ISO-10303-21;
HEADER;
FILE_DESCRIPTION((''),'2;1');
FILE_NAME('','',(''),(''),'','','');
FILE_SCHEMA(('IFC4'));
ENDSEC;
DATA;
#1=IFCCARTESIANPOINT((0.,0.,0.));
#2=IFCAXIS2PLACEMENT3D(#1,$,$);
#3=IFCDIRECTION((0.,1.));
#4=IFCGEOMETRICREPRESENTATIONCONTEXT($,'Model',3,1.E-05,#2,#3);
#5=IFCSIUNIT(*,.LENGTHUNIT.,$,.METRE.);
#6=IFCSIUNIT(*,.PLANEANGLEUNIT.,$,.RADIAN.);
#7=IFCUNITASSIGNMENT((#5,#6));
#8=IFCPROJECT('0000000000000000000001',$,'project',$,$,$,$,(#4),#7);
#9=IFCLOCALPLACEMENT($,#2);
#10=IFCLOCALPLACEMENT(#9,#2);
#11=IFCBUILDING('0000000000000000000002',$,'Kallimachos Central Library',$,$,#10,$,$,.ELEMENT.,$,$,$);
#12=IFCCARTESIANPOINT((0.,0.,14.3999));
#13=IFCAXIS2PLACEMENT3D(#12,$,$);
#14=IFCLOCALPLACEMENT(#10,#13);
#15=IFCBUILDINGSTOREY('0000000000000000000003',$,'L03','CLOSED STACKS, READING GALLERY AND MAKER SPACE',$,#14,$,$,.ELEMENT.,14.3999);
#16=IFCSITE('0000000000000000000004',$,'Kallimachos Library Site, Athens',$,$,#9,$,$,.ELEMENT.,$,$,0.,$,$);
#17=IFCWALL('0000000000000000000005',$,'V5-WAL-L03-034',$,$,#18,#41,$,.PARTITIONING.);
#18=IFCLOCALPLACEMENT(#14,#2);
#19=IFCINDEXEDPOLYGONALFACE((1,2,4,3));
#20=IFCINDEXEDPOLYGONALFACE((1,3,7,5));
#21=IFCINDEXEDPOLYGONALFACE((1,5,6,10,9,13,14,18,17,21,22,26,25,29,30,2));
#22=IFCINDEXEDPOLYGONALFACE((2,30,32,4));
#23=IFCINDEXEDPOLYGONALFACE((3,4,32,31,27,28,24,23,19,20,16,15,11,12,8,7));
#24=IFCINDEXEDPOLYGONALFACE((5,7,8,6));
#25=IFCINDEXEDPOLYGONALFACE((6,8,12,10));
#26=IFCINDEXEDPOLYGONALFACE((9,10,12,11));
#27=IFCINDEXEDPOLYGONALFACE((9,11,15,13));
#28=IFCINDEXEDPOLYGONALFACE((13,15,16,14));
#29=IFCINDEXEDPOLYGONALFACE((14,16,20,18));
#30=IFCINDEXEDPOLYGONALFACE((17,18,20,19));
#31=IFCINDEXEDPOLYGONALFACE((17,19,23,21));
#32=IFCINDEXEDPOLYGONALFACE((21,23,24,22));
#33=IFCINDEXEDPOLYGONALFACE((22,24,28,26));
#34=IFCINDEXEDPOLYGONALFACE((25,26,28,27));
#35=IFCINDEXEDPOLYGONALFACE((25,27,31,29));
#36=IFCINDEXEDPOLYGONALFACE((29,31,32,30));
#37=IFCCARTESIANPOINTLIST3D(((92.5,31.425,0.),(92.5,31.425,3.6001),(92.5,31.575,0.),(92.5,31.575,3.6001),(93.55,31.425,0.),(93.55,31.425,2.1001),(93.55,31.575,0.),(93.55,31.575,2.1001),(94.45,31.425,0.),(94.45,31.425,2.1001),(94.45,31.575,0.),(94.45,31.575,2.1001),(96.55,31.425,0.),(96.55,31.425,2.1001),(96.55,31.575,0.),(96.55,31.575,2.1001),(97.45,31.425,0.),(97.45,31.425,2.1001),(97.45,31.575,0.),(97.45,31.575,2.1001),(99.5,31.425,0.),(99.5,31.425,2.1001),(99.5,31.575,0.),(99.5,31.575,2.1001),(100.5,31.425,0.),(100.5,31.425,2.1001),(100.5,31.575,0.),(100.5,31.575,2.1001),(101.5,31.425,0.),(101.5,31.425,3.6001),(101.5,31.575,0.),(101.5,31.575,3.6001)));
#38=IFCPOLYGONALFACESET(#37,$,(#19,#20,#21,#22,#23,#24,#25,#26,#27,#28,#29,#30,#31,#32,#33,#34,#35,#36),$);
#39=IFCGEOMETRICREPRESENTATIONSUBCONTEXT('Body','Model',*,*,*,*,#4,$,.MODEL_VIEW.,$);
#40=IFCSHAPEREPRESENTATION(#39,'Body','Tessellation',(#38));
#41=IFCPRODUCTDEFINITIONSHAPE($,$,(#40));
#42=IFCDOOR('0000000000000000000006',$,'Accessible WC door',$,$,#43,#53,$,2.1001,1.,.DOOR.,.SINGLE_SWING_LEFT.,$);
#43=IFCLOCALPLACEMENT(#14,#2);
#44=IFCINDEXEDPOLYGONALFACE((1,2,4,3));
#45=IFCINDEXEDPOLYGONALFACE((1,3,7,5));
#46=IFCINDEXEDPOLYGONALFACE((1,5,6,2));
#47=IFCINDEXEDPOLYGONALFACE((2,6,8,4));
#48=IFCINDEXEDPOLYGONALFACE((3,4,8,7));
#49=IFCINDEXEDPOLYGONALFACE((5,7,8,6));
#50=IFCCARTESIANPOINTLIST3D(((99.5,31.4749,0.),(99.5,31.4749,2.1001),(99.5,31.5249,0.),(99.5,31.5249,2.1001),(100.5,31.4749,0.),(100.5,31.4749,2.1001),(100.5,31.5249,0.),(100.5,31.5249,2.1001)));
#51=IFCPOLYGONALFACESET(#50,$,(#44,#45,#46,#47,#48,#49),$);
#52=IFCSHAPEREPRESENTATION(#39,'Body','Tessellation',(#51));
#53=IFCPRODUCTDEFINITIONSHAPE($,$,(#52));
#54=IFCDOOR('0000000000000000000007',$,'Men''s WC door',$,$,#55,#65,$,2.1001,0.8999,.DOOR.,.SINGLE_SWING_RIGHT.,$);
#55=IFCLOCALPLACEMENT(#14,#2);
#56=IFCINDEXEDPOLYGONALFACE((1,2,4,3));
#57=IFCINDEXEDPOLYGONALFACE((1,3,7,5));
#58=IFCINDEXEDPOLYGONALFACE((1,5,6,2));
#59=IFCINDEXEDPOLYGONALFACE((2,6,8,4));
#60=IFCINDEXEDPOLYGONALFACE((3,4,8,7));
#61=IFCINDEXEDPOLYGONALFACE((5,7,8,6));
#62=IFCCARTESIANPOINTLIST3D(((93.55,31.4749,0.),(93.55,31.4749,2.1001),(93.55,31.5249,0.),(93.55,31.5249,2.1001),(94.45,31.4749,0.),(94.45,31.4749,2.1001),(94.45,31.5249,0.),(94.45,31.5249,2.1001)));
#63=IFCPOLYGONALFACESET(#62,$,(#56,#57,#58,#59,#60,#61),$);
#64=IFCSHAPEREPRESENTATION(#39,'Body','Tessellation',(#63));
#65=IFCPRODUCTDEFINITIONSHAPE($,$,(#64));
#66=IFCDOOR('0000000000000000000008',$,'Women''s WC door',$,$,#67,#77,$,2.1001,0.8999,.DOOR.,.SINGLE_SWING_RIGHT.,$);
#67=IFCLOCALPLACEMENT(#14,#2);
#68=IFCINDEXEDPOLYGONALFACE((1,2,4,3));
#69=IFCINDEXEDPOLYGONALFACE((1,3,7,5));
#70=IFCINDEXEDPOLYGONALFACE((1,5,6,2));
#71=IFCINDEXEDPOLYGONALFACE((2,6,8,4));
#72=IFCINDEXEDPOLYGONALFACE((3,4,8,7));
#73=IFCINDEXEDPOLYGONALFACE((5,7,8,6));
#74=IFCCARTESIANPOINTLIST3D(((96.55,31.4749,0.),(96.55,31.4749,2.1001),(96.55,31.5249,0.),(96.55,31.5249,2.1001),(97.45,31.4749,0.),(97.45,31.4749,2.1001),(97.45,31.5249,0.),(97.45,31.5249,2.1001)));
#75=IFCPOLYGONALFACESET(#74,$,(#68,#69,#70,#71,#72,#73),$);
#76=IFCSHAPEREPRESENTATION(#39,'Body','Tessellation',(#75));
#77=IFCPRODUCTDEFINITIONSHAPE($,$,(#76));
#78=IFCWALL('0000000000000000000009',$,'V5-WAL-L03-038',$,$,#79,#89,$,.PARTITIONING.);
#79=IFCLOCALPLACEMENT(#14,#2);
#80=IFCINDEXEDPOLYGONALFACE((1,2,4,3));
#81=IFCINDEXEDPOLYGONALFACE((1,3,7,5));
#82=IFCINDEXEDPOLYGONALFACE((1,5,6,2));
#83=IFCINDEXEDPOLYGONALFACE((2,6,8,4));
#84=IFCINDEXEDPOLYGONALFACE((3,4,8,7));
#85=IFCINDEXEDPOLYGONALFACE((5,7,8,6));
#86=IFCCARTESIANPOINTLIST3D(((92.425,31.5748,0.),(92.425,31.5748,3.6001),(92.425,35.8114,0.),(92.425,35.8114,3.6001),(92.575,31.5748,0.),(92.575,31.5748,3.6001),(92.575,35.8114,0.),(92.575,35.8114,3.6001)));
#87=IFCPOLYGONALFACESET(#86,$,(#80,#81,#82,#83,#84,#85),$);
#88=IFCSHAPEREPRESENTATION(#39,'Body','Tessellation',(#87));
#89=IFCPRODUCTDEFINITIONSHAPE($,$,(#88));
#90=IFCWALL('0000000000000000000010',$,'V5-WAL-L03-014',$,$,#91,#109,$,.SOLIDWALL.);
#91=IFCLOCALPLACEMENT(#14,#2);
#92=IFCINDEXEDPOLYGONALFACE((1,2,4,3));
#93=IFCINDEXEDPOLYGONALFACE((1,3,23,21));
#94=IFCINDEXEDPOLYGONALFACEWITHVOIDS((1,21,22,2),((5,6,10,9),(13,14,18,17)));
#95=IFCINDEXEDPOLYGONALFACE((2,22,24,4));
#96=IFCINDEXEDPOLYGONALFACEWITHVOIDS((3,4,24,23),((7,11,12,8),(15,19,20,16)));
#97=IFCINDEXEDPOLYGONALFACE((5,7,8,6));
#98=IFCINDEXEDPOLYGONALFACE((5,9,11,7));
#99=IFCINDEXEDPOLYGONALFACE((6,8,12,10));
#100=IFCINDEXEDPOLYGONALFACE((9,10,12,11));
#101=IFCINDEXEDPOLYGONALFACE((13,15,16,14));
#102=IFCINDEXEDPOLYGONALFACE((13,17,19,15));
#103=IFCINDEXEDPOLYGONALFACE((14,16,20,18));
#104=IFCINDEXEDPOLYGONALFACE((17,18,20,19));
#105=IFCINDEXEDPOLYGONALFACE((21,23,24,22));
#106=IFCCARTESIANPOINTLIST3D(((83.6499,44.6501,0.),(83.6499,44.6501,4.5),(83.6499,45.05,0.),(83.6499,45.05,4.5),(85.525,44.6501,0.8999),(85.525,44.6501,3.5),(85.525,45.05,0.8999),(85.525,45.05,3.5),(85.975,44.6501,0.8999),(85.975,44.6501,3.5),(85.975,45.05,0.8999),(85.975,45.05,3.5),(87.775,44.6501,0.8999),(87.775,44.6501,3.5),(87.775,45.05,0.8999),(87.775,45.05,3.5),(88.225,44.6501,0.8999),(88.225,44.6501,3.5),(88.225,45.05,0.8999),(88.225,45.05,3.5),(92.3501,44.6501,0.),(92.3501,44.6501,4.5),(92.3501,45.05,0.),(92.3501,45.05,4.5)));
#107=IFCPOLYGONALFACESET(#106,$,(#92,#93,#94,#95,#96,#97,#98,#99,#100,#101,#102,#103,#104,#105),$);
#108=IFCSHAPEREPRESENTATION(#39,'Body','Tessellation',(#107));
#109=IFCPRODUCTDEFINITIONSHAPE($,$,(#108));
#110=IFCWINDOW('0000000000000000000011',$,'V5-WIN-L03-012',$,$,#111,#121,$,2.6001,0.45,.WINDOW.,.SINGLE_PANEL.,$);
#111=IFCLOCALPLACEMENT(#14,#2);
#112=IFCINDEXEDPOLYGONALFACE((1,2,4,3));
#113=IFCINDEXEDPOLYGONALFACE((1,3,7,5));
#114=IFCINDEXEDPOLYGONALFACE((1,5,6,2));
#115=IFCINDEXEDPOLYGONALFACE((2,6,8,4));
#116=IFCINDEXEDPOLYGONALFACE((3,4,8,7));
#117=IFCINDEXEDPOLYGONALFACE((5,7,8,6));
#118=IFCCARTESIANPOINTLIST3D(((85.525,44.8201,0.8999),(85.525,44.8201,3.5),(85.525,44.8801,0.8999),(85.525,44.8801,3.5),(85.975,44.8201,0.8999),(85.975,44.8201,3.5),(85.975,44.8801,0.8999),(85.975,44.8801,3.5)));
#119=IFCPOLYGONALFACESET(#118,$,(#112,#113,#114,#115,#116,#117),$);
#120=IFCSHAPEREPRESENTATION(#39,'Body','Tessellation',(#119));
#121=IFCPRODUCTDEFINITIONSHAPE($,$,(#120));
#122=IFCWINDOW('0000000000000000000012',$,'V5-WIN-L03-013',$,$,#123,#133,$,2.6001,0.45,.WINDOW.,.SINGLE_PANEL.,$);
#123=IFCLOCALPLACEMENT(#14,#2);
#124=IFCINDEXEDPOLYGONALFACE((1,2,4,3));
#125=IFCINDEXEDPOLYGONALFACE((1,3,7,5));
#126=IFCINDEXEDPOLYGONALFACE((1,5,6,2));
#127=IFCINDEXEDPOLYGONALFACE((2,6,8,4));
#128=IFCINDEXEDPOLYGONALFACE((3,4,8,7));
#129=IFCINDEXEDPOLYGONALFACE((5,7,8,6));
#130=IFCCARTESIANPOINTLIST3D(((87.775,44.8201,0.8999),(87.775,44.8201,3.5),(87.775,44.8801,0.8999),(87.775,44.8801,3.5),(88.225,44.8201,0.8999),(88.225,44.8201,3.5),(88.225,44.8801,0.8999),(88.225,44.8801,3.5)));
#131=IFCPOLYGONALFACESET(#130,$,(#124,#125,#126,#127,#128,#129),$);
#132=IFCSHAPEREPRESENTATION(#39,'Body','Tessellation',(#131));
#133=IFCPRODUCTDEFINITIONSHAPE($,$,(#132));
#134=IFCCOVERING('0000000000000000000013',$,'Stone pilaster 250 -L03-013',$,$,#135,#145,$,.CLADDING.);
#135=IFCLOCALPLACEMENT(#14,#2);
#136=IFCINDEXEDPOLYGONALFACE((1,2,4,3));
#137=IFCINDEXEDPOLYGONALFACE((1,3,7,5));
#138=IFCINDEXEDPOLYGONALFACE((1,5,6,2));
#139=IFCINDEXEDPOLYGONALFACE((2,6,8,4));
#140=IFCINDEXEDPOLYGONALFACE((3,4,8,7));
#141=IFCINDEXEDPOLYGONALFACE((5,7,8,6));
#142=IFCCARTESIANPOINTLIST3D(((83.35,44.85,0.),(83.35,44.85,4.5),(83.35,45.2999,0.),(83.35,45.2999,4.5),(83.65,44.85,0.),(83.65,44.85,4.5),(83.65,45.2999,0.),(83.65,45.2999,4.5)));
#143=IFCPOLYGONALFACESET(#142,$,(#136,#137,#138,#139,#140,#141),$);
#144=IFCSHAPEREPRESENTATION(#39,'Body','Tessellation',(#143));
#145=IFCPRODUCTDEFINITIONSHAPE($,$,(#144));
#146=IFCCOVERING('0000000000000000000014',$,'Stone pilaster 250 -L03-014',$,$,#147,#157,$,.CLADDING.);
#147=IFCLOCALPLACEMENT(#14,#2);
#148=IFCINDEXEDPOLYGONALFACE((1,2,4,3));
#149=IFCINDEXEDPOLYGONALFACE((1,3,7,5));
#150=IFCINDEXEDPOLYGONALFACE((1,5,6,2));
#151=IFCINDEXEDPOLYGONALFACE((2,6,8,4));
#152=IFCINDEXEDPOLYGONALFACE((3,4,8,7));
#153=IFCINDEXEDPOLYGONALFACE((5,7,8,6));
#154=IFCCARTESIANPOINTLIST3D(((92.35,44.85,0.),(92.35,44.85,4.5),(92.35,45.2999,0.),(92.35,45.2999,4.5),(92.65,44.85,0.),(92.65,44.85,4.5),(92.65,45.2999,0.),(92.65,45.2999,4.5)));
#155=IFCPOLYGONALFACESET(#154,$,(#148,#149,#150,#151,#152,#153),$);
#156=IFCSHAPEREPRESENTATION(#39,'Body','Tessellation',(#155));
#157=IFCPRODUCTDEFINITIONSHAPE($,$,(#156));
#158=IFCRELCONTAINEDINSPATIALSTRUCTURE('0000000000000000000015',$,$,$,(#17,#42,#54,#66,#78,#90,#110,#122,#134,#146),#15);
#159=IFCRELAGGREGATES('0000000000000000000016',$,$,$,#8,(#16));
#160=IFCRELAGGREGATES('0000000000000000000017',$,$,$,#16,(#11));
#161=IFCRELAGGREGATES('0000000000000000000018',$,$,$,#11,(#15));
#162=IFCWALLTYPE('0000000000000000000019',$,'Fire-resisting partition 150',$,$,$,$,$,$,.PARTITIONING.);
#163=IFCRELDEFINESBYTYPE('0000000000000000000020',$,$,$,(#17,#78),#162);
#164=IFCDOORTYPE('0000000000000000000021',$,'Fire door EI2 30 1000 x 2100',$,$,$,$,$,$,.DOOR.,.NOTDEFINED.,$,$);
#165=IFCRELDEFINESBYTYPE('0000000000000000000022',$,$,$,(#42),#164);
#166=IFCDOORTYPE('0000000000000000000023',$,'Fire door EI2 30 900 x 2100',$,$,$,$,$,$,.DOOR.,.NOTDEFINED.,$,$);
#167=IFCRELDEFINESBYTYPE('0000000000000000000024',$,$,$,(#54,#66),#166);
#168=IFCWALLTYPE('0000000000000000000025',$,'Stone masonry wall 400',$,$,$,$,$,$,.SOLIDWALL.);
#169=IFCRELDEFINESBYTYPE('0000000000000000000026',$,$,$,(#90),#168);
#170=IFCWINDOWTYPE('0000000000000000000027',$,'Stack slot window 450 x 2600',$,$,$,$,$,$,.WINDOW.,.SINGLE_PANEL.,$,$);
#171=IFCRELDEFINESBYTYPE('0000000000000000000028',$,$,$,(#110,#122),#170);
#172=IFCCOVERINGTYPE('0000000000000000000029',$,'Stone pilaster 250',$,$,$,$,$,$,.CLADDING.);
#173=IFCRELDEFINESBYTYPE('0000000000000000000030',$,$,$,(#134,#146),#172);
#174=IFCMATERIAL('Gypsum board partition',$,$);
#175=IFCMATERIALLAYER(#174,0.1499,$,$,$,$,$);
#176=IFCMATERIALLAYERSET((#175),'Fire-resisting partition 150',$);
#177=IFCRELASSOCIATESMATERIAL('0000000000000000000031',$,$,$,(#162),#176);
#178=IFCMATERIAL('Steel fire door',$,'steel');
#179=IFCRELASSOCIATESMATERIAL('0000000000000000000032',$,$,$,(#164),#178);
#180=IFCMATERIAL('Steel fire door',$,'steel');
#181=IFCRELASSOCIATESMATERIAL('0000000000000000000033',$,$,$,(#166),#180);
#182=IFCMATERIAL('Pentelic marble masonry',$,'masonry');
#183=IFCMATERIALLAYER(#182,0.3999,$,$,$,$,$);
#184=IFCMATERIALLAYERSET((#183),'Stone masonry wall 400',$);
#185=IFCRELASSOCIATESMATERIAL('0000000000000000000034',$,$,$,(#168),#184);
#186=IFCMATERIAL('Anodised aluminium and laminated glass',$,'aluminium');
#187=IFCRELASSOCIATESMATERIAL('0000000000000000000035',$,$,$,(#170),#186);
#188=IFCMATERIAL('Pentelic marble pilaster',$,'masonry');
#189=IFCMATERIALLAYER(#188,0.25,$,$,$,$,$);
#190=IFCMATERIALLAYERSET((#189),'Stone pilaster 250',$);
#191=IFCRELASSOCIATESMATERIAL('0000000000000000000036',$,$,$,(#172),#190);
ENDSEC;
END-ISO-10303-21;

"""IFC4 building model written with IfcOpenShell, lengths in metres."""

from ifc_helpers import new_model, si_unit, direction, frame, frame_2d, origin, origin_2d, place, context, subcontext, project, spatial, rectangle, extrude, material, layer, layer_set, type_object, element, fill, save


model = new_model("IFC4")

# Units and contexts
model_context = context("Model", 3, precision=1e-05, world=origin(), true_north=direction((0.0, 1.0)))
body_context = subcontext(model_context, "Body", "Model", "MODEL_VIEW")
ifc_project = project(units=[si_unit("LENGTHUNIT", "METRE"), si_unit("PLANEANGLEUNIT", "RADIAN")], contexts=[model_context])

# Site, building, storey
site_placement = place(None, origin())
site = spatial("IfcSite", under=ifc_project, at=site_placement, Name="Kallimachos Library Site, Athens", CompositionType="ELEMENT", RefElevation=0.0)
building_placement = place(site_placement, origin())
building = spatial("IfcBuilding", under=site, at=building_placement, Name="Kallimachos Central Library", CompositionType="ELEMENT")
storey_placement = place(building_placement, frame((0.0, 0.0, 14.3999)))
storey = spatial("IfcBuildingStorey", under=building, at=storey_placement, Name="L03", Description="CLOSED STACKS, READING GALLERY AND MAKER SPACE", CompositionType="ELEMENT", Elevation=14.3999)

# Wall, openings, doors
ifc_material_1 = material(Name="Gypsum board partition")
ifc_layer_1 = layer(ifc_material_1, 0.1499)
ifc_layer_set_1 = layer_set([ifc_layer_1], Name="Fire-resisting partition 150")
wall_type_1 = type_object("IfcWallType", Name="Fire-resisting partition 150", PredefinedType="PARTITIONING", material=ifc_layer_set_1)
wall_1_placement = place(storey_placement, frame((92.5, 31.5, 0.0), z_axis=(0.0, 0.0, 1.0), x_axis=(1.0, 0.0, 0.0)))
wall_1 = element("IfcWall", 1, at=wall_1_placement, inside=storey, type_object=wall_type_1, Name="V5-WAL-L03-034", PredefinedType="PARTITIONING", context=body_context, shape_type="SweptSolid", body=[
    extrude(rectangle(XDim=9.0, YDim=0.1499, at=frame_2d((4.5, 0.0))), origin(), (0.0, 0.0, 1.0), 3.6001),
])
opening_1_placement = place(wall_1_placement, frame((1.05, 0.0, 0.0)))
opening_1 = element("IfcOpeningElement", 2, at=opening_1_placement, cuts=wall_1, PredefinedType="OPENING", context=body_context, shape_type="SweptSolid", body=[
    extrude(rectangle(XDim=0.8999, YDim=2.1001, at=frame_2d((0.45, 1.05))), frame((0.0, 0.085, 0.0), z_axis=(0.0, -1.0, 0.0), x_axis=(1.0, 0.0, 0.0)), (0.0, 0.0, 1.0), 0.1699),
])
opening_2_placement = place(wall_1_placement, frame((4.05, 0.0, 0.0)))
opening_2 = element("IfcOpeningElement", 3, at=opening_2_placement, cuts=wall_1, PredefinedType="OPENING", context=body_context, shape_type="SweptSolid", body=[
    extrude(rectangle(XDim=0.8999, YDim=2.1001, at=frame_2d((0.45, 1.05))), frame((0.0, 0.085, 0.0), z_axis=(0.0, -1.0, 0.0), x_axis=(1.0, 0.0, 0.0)), (0.0, 0.0, 1.0), 0.1699),
])
opening_3_placement = place(wall_1_placement, frame((7.0, 0.0, 0.0)))
opening_3 = element("IfcOpeningElement", 4, at=opening_3_placement, cuts=wall_1, PredefinedType="OPENING", context=body_context, shape_type="SweptSolid", body=[
    extrude(rectangle(XDim=1.0, YDim=2.1001, at=frame_2d((0.5, 1.05))), frame((0.0, 0.085, 0.0), z_axis=(0.0, -1.0, 0.0), x_axis=(1.0, 0.0, 0.0)), (0.0, 0.0, 1.0), 0.1699),
])
ifc_material_2 = material(Name="Steel fire door", Category="steel")
door_type_1 = type_object("IfcDoorType", Name="Fire door EI2 30 1000 x 2100", OperationType="NOTDEFINED", PredefinedType="DOOR", material=ifc_material_2)
door_1_placement = place(opening_3_placement, origin())
door_1 = element("IfcDoor", 5, at=door_1_placement, inside=storey, type_object=door_type_1, Name="Accessible WC door", OperationType="SINGLE_SWING_LEFT", OverallHeight=2.1001, OverallWidth=1.0, PredefinedType="DOOR", context=body_context, shape_type="SweptSolid", body=[
    extrude(rectangle(XDim=1.0, YDim=2.1001, at=frame_2d((0.5, 1.05))), frame((0.0, 0.0249, 0.0), z_axis=(0.0, -1.0, 0.0), x_axis=(1.0, 0.0, 0.0)), (0.0, 0.0, 1.0), 0.05),
])
fill(opening_3, door_1)
ifc_material_3 = material(Name="Steel fire door", Category="steel")
door_type_2 = type_object("IfcDoorType", Name="Fire door EI2 30 900 x 2100", OperationType="NOTDEFINED", PredefinedType="DOOR", material=ifc_material_3)
door_2_placement = place(opening_1_placement, origin())
door_2 = element("IfcDoor", 6, at=door_2_placement, inside=storey, type_object=door_type_2, Name="Men's WC door", OperationType="SINGLE_SWING_RIGHT", OverallHeight=2.1001, OverallWidth=0.8999, PredefinedType="DOOR", context=body_context, shape_type="SweptSolid", body=[
    extrude(rectangle(XDim=0.8999, YDim=2.1001, at=frame_2d((0.45, 1.05))), frame((0.0, 0.0249, 0.0), z_axis=(0.0, -1.0, 0.0), x_axis=(1.0, 0.0, 0.0)), (0.0, 0.0, 1.0), 0.05),
])
fill(opening_1, door_2)
door_3_placement = place(opening_2_placement, origin())
door_3 = element("IfcDoor", 7, at=door_3_placement, inside=storey, type_object=door_type_2, Name="Women's WC door", OperationType="SINGLE_SWING_RIGHT", OverallHeight=2.1001, OverallWidth=0.8999, PredefinedType="DOOR", context=body_context, shape_type="SweptSolid", body=[
    extrude(rectangle(XDim=0.8999, YDim=2.1001, at=frame_2d((0.45, 1.05))), frame((0.0, 0.0249, 0.0), z_axis=(0.0, -1.0, 0.0), x_axis=(1.0, 0.0, 0.0)), (0.0, 0.0, 1.0), 0.05),
])
fill(opening_2, door_3)

# Wall
wall_2_placement = place(storey_placement, frame((92.5, 31.575, 0.0), z_axis=(0.0, 0.0, 1.0), x_axis=(0.0, 1.0, 0.0)))
element("IfcWall", 8, at=wall_2_placement, inside=storey, type_object=wall_type_1, Name="V5-WAL-L03-038", PredefinedType="PARTITIONING", context=body_context, shape_type="SweptSolid", body=[
    extrude(rectangle(XDim=4.2366, YDim=0.1499, at=frame_2d((2.1182, 0.0))), origin(), (0.0, 0.0, 1.0), 3.6001),
])

# Wall, openings, windows
ifc_material_4 = material(Name="Pentelic marble masonry", Category="masonry")
ifc_layer_2 = layer(ifc_material_4, 0.3999)
ifc_layer_set_2 = layer_set([ifc_layer_2], Name="Stone masonry wall 400")
wall_type_2 = type_object("IfcWallType", Name="Stone masonry wall 400", PredefinedType="SOLIDWALL", material=ifc_layer_set_2)
wall_3_placement = place(storey_placement, frame((83.6499, 44.8501, 0.0), z_axis=(0.0, 0.0, 1.0), x_axis=(1.0, 0.0, 0.0)))
wall_3 = element("IfcWall", 9, at=wall_3_placement, inside=storey, type_object=wall_type_2, Name="V5-WAL-L03-014", PredefinedType="SOLIDWALL", context=body_context, shape_type="SweptSolid", body=[
    extrude(rectangle(XDim=8.7002, YDim=0.3999, at=frame_2d((4.3501, 0.0))), origin(), (0.0, 0.0, 1.0), 4.5),
])
opening_4_placement = place(wall_3_placement, frame((1.875, 0.0, 0.8999)))
opening_4 = element("IfcOpeningElement", 10, at=opening_4_placement, cuts=wall_3, PredefinedType="OPENING", context=body_context, shape_type="SweptSolid", body=[
    extrude(rectangle(XDim=0.45, YDim=2.6001, at=frame_2d((0.2251, 1.3))), frame((0.0, 0.21, 0.0), z_axis=(0.0, -1.0, 0.0), x_axis=(1.0, 0.0, 0.0)), (0.0, 0.0, 1.0), 0.4199),
])
opening_5_placement = place(wall_3_placement, frame((4.125, 0.0, 0.8999)))
opening_5 = element("IfcOpeningElement", 11, at=opening_5_placement, cuts=wall_3, PredefinedType="OPENING", context=body_context, shape_type="SweptSolid", body=[
    extrude(rectangle(XDim=0.45, YDim=2.6001, at=frame_2d((0.2251, 1.3))), frame((0.0, 0.21, 0.0), z_axis=(0.0, -1.0, 0.0), x_axis=(1.0, 0.0, 0.0)), (0.0, 0.0, 1.0), 0.4199),
])
ifc_material_5 = material(Name="Anodised aluminium and laminated glass", Category="aluminium")
window_type = type_object("IfcWindowType", Name="Stack slot window 450 x 2600", PartitioningType="SINGLE_PANEL", PredefinedType="WINDOW", material=ifc_material_5)
window_1_placement = place(opening_4_placement, origin())
window_1 = element("IfcWindow", 12, at=window_1_placement, inside=storey, type_object=window_type, Name="V5-WIN-L03-012", OverallHeight=2.6001, OverallWidth=0.45, PartitioningType="SINGLE_PANEL", PredefinedType="WINDOW", context=body_context, shape_type="SweptSolid", body=[
    extrude(rectangle(XDim=0.45, YDim=2.6001, at=frame_2d((0.2251, 1.3))), frame((0.0, 0.03, 0.0), z_axis=(0.0, -1.0, 0.0), x_axis=(1.0, 0.0, 0.0)), (0.0, 0.0, 1.0), 0.0601),
])
fill(opening_4, window_1)
window_2_placement = place(opening_5_placement, origin())
window_2 = element("IfcWindow", 13, at=window_2_placement, inside=storey, type_object=window_type, Name="V5-WIN-L03-013", OverallHeight=2.6001, OverallWidth=0.45, PartitioningType="SINGLE_PANEL", PredefinedType="WINDOW", context=body_context, shape_type="SweptSolid", body=[
    extrude(rectangle(XDim=0.45, YDim=2.6001, at=frame_2d((0.2251, 1.3))), frame((0.0, 0.03, 0.0), z_axis=(0.0, -1.0, 0.0), x_axis=(1.0, 0.0, 0.0)), (0.0, 0.0, 1.0), 0.0601),
])
fill(opening_5, window_2)

# Coverings
ifc_material_6 = material(Name="Pentelic marble pilaster", Category="masonry")
ifc_layer_3 = layer(ifc_material_6, 0.25)
ifc_layer_set_3 = layer_set([ifc_layer_3], Name="Stone pilaster 250")
covering_type_1 = type_object("IfcCoveringType", Name="Stone pilaster 250", PredefinedType="CLADDING", material=ifc_layer_set_3)
for number, where, z_axis, x_axis, name in (
    (14, (83.5, 45.075, 0.0), (0.0, 0.0, 1.0), (1.0, 0.0, 0.0), "Stone pilaster 250 -L03-013"),
    (15, (92.5, 45.075, 0.0), (0.0, 0.0, 1.0), (1.0, 0.0, 0.0), "Stone pilaster 250 -L03-014"),
):
    element("IfcCovering", number, at=place(storey_placement, frame(where, z_axis=z_axis, x_axis=x_axis)), inside=storey, type_object=covering_type_1, Name=name, PredefinedType="CLADDING", context=body_context, shape_type="SweptSolid", body=[
        extrude(rectangle(XDim=0.3, YDim=0.45, at=origin_2d()), origin(), (0.0, 0.0, 1.0), 4.5),
    ])

save(model, "model.ifc")
